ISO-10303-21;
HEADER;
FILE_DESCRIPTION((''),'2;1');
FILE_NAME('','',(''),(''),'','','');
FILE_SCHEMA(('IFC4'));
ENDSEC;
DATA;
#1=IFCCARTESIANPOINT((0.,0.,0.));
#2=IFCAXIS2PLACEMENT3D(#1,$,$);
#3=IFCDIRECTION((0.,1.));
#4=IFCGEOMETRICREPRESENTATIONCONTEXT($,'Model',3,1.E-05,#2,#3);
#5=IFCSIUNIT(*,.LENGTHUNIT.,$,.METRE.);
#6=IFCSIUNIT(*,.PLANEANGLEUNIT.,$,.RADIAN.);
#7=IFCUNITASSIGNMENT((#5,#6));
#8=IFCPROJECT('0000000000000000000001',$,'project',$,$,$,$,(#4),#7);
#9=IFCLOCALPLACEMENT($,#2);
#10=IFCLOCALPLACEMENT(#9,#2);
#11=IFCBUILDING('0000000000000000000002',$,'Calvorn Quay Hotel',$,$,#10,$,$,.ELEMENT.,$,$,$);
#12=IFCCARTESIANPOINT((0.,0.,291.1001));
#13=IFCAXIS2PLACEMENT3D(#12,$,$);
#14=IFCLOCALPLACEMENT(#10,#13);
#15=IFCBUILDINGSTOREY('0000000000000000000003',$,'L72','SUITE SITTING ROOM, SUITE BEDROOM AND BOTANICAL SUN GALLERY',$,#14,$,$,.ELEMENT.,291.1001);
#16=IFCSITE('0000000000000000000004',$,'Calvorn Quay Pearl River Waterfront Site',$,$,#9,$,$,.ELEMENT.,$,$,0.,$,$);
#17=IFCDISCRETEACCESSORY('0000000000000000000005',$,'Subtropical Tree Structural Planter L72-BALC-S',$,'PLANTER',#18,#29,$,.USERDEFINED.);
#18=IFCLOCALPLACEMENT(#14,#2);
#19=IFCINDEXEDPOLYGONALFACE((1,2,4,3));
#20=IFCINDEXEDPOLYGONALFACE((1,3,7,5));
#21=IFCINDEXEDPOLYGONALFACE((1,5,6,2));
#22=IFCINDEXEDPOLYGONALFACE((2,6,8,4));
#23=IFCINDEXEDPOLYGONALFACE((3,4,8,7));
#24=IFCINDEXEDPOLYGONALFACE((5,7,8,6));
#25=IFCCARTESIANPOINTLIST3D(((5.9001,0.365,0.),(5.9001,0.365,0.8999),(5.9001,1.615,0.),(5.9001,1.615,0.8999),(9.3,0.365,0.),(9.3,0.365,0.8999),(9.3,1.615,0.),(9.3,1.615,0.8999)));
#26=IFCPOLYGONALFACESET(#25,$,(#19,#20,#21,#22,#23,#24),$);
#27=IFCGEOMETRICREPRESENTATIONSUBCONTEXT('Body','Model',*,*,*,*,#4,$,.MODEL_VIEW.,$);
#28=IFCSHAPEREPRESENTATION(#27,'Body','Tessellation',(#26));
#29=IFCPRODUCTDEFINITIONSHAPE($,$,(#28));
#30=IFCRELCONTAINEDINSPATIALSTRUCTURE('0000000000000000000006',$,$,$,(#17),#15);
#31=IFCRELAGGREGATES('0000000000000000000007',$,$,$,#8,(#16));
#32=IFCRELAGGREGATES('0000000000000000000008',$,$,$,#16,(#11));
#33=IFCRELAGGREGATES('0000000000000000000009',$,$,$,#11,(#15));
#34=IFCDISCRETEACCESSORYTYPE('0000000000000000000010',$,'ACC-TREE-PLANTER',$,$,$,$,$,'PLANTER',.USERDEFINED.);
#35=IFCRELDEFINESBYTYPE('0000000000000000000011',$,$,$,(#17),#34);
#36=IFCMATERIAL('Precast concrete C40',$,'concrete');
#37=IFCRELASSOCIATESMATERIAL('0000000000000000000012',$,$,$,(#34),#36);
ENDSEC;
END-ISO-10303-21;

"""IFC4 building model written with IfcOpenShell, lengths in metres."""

from ifc_helpers import new_model, si_unit, direction, frame, origin, origin_2d, place, context, subcontext, project, spatial, rectangle, extrude, material, type_object, element, save


model = new_model("IFC4")

# Units and contexts
model_context = context("Model", 3, precision=1e-05, world=origin(), true_north=direction((0.0, 1.0)))
body_context = subcontext(model_context, "Body", "Model", "MODEL_VIEW")
ifc_project = project(units=[si_unit("LENGTHUNIT", "METRE"), si_unit("PLANEANGLEUNIT", "RADIAN")], contexts=[model_context])

# Site, building, storey
site_placement = place(None, origin())
site = spatial("IfcSite", under=ifc_project, at=site_placement, Name="Calvorn Quay Pearl River Waterfront Site", CompositionType="ELEMENT", RefElevation=0.0)
building_placement = place(site_placement, origin())
building = spatial("IfcBuilding", under=site, at=building_placement, Name="Calvorn Quay Hotel", CompositionType="ELEMENT")
storey_placement = place(building_placement, frame((0.0, 0.0, 291.1001)))
storey = spatial("IfcBuildingStorey", under=building, at=storey_placement, Name="L72", Description="SUITE SITTING ROOM, SUITE BEDROOM AND BOTANICAL SUN GALLERY", CompositionType="ELEMENT", Elevation=291.1001)

# Discrete accessory
ifc_material_1 = material(Name="Precast concrete C40", Category="concrete")
discrete_accessory_type_1 = type_object("IfcDiscreteAccessoryType", Name="ACC-TREE-PLANTER", ElementType="PLANTER", PredefinedType="USERDEFINED", material=ifc_material_1)
discrete_accessory_1_placement = place(storey_placement, frame((7.6001, 0.99, 0.0), z_axis=(0.0, 0.0, 1.0), x_axis=(1.0, 0.0, 0.0)))
element("IfcDiscreteAccessory", 1, at=discrete_accessory_1_placement, inside=storey, type_object=discrete_accessory_type_1, Name="Subtropical Tree Structural Planter L72-BALC-S", ObjectType="PLANTER", PredefinedType="USERDEFINED", context=body_context, shape_type="SweptSolid", body=[
    extrude(rectangle(XDim=3.3999, YDim=1.25, at=origin_2d()), origin(), (0.0, 0.0, 1.0), 0.8999),
])

save(model, "model.ifc")
